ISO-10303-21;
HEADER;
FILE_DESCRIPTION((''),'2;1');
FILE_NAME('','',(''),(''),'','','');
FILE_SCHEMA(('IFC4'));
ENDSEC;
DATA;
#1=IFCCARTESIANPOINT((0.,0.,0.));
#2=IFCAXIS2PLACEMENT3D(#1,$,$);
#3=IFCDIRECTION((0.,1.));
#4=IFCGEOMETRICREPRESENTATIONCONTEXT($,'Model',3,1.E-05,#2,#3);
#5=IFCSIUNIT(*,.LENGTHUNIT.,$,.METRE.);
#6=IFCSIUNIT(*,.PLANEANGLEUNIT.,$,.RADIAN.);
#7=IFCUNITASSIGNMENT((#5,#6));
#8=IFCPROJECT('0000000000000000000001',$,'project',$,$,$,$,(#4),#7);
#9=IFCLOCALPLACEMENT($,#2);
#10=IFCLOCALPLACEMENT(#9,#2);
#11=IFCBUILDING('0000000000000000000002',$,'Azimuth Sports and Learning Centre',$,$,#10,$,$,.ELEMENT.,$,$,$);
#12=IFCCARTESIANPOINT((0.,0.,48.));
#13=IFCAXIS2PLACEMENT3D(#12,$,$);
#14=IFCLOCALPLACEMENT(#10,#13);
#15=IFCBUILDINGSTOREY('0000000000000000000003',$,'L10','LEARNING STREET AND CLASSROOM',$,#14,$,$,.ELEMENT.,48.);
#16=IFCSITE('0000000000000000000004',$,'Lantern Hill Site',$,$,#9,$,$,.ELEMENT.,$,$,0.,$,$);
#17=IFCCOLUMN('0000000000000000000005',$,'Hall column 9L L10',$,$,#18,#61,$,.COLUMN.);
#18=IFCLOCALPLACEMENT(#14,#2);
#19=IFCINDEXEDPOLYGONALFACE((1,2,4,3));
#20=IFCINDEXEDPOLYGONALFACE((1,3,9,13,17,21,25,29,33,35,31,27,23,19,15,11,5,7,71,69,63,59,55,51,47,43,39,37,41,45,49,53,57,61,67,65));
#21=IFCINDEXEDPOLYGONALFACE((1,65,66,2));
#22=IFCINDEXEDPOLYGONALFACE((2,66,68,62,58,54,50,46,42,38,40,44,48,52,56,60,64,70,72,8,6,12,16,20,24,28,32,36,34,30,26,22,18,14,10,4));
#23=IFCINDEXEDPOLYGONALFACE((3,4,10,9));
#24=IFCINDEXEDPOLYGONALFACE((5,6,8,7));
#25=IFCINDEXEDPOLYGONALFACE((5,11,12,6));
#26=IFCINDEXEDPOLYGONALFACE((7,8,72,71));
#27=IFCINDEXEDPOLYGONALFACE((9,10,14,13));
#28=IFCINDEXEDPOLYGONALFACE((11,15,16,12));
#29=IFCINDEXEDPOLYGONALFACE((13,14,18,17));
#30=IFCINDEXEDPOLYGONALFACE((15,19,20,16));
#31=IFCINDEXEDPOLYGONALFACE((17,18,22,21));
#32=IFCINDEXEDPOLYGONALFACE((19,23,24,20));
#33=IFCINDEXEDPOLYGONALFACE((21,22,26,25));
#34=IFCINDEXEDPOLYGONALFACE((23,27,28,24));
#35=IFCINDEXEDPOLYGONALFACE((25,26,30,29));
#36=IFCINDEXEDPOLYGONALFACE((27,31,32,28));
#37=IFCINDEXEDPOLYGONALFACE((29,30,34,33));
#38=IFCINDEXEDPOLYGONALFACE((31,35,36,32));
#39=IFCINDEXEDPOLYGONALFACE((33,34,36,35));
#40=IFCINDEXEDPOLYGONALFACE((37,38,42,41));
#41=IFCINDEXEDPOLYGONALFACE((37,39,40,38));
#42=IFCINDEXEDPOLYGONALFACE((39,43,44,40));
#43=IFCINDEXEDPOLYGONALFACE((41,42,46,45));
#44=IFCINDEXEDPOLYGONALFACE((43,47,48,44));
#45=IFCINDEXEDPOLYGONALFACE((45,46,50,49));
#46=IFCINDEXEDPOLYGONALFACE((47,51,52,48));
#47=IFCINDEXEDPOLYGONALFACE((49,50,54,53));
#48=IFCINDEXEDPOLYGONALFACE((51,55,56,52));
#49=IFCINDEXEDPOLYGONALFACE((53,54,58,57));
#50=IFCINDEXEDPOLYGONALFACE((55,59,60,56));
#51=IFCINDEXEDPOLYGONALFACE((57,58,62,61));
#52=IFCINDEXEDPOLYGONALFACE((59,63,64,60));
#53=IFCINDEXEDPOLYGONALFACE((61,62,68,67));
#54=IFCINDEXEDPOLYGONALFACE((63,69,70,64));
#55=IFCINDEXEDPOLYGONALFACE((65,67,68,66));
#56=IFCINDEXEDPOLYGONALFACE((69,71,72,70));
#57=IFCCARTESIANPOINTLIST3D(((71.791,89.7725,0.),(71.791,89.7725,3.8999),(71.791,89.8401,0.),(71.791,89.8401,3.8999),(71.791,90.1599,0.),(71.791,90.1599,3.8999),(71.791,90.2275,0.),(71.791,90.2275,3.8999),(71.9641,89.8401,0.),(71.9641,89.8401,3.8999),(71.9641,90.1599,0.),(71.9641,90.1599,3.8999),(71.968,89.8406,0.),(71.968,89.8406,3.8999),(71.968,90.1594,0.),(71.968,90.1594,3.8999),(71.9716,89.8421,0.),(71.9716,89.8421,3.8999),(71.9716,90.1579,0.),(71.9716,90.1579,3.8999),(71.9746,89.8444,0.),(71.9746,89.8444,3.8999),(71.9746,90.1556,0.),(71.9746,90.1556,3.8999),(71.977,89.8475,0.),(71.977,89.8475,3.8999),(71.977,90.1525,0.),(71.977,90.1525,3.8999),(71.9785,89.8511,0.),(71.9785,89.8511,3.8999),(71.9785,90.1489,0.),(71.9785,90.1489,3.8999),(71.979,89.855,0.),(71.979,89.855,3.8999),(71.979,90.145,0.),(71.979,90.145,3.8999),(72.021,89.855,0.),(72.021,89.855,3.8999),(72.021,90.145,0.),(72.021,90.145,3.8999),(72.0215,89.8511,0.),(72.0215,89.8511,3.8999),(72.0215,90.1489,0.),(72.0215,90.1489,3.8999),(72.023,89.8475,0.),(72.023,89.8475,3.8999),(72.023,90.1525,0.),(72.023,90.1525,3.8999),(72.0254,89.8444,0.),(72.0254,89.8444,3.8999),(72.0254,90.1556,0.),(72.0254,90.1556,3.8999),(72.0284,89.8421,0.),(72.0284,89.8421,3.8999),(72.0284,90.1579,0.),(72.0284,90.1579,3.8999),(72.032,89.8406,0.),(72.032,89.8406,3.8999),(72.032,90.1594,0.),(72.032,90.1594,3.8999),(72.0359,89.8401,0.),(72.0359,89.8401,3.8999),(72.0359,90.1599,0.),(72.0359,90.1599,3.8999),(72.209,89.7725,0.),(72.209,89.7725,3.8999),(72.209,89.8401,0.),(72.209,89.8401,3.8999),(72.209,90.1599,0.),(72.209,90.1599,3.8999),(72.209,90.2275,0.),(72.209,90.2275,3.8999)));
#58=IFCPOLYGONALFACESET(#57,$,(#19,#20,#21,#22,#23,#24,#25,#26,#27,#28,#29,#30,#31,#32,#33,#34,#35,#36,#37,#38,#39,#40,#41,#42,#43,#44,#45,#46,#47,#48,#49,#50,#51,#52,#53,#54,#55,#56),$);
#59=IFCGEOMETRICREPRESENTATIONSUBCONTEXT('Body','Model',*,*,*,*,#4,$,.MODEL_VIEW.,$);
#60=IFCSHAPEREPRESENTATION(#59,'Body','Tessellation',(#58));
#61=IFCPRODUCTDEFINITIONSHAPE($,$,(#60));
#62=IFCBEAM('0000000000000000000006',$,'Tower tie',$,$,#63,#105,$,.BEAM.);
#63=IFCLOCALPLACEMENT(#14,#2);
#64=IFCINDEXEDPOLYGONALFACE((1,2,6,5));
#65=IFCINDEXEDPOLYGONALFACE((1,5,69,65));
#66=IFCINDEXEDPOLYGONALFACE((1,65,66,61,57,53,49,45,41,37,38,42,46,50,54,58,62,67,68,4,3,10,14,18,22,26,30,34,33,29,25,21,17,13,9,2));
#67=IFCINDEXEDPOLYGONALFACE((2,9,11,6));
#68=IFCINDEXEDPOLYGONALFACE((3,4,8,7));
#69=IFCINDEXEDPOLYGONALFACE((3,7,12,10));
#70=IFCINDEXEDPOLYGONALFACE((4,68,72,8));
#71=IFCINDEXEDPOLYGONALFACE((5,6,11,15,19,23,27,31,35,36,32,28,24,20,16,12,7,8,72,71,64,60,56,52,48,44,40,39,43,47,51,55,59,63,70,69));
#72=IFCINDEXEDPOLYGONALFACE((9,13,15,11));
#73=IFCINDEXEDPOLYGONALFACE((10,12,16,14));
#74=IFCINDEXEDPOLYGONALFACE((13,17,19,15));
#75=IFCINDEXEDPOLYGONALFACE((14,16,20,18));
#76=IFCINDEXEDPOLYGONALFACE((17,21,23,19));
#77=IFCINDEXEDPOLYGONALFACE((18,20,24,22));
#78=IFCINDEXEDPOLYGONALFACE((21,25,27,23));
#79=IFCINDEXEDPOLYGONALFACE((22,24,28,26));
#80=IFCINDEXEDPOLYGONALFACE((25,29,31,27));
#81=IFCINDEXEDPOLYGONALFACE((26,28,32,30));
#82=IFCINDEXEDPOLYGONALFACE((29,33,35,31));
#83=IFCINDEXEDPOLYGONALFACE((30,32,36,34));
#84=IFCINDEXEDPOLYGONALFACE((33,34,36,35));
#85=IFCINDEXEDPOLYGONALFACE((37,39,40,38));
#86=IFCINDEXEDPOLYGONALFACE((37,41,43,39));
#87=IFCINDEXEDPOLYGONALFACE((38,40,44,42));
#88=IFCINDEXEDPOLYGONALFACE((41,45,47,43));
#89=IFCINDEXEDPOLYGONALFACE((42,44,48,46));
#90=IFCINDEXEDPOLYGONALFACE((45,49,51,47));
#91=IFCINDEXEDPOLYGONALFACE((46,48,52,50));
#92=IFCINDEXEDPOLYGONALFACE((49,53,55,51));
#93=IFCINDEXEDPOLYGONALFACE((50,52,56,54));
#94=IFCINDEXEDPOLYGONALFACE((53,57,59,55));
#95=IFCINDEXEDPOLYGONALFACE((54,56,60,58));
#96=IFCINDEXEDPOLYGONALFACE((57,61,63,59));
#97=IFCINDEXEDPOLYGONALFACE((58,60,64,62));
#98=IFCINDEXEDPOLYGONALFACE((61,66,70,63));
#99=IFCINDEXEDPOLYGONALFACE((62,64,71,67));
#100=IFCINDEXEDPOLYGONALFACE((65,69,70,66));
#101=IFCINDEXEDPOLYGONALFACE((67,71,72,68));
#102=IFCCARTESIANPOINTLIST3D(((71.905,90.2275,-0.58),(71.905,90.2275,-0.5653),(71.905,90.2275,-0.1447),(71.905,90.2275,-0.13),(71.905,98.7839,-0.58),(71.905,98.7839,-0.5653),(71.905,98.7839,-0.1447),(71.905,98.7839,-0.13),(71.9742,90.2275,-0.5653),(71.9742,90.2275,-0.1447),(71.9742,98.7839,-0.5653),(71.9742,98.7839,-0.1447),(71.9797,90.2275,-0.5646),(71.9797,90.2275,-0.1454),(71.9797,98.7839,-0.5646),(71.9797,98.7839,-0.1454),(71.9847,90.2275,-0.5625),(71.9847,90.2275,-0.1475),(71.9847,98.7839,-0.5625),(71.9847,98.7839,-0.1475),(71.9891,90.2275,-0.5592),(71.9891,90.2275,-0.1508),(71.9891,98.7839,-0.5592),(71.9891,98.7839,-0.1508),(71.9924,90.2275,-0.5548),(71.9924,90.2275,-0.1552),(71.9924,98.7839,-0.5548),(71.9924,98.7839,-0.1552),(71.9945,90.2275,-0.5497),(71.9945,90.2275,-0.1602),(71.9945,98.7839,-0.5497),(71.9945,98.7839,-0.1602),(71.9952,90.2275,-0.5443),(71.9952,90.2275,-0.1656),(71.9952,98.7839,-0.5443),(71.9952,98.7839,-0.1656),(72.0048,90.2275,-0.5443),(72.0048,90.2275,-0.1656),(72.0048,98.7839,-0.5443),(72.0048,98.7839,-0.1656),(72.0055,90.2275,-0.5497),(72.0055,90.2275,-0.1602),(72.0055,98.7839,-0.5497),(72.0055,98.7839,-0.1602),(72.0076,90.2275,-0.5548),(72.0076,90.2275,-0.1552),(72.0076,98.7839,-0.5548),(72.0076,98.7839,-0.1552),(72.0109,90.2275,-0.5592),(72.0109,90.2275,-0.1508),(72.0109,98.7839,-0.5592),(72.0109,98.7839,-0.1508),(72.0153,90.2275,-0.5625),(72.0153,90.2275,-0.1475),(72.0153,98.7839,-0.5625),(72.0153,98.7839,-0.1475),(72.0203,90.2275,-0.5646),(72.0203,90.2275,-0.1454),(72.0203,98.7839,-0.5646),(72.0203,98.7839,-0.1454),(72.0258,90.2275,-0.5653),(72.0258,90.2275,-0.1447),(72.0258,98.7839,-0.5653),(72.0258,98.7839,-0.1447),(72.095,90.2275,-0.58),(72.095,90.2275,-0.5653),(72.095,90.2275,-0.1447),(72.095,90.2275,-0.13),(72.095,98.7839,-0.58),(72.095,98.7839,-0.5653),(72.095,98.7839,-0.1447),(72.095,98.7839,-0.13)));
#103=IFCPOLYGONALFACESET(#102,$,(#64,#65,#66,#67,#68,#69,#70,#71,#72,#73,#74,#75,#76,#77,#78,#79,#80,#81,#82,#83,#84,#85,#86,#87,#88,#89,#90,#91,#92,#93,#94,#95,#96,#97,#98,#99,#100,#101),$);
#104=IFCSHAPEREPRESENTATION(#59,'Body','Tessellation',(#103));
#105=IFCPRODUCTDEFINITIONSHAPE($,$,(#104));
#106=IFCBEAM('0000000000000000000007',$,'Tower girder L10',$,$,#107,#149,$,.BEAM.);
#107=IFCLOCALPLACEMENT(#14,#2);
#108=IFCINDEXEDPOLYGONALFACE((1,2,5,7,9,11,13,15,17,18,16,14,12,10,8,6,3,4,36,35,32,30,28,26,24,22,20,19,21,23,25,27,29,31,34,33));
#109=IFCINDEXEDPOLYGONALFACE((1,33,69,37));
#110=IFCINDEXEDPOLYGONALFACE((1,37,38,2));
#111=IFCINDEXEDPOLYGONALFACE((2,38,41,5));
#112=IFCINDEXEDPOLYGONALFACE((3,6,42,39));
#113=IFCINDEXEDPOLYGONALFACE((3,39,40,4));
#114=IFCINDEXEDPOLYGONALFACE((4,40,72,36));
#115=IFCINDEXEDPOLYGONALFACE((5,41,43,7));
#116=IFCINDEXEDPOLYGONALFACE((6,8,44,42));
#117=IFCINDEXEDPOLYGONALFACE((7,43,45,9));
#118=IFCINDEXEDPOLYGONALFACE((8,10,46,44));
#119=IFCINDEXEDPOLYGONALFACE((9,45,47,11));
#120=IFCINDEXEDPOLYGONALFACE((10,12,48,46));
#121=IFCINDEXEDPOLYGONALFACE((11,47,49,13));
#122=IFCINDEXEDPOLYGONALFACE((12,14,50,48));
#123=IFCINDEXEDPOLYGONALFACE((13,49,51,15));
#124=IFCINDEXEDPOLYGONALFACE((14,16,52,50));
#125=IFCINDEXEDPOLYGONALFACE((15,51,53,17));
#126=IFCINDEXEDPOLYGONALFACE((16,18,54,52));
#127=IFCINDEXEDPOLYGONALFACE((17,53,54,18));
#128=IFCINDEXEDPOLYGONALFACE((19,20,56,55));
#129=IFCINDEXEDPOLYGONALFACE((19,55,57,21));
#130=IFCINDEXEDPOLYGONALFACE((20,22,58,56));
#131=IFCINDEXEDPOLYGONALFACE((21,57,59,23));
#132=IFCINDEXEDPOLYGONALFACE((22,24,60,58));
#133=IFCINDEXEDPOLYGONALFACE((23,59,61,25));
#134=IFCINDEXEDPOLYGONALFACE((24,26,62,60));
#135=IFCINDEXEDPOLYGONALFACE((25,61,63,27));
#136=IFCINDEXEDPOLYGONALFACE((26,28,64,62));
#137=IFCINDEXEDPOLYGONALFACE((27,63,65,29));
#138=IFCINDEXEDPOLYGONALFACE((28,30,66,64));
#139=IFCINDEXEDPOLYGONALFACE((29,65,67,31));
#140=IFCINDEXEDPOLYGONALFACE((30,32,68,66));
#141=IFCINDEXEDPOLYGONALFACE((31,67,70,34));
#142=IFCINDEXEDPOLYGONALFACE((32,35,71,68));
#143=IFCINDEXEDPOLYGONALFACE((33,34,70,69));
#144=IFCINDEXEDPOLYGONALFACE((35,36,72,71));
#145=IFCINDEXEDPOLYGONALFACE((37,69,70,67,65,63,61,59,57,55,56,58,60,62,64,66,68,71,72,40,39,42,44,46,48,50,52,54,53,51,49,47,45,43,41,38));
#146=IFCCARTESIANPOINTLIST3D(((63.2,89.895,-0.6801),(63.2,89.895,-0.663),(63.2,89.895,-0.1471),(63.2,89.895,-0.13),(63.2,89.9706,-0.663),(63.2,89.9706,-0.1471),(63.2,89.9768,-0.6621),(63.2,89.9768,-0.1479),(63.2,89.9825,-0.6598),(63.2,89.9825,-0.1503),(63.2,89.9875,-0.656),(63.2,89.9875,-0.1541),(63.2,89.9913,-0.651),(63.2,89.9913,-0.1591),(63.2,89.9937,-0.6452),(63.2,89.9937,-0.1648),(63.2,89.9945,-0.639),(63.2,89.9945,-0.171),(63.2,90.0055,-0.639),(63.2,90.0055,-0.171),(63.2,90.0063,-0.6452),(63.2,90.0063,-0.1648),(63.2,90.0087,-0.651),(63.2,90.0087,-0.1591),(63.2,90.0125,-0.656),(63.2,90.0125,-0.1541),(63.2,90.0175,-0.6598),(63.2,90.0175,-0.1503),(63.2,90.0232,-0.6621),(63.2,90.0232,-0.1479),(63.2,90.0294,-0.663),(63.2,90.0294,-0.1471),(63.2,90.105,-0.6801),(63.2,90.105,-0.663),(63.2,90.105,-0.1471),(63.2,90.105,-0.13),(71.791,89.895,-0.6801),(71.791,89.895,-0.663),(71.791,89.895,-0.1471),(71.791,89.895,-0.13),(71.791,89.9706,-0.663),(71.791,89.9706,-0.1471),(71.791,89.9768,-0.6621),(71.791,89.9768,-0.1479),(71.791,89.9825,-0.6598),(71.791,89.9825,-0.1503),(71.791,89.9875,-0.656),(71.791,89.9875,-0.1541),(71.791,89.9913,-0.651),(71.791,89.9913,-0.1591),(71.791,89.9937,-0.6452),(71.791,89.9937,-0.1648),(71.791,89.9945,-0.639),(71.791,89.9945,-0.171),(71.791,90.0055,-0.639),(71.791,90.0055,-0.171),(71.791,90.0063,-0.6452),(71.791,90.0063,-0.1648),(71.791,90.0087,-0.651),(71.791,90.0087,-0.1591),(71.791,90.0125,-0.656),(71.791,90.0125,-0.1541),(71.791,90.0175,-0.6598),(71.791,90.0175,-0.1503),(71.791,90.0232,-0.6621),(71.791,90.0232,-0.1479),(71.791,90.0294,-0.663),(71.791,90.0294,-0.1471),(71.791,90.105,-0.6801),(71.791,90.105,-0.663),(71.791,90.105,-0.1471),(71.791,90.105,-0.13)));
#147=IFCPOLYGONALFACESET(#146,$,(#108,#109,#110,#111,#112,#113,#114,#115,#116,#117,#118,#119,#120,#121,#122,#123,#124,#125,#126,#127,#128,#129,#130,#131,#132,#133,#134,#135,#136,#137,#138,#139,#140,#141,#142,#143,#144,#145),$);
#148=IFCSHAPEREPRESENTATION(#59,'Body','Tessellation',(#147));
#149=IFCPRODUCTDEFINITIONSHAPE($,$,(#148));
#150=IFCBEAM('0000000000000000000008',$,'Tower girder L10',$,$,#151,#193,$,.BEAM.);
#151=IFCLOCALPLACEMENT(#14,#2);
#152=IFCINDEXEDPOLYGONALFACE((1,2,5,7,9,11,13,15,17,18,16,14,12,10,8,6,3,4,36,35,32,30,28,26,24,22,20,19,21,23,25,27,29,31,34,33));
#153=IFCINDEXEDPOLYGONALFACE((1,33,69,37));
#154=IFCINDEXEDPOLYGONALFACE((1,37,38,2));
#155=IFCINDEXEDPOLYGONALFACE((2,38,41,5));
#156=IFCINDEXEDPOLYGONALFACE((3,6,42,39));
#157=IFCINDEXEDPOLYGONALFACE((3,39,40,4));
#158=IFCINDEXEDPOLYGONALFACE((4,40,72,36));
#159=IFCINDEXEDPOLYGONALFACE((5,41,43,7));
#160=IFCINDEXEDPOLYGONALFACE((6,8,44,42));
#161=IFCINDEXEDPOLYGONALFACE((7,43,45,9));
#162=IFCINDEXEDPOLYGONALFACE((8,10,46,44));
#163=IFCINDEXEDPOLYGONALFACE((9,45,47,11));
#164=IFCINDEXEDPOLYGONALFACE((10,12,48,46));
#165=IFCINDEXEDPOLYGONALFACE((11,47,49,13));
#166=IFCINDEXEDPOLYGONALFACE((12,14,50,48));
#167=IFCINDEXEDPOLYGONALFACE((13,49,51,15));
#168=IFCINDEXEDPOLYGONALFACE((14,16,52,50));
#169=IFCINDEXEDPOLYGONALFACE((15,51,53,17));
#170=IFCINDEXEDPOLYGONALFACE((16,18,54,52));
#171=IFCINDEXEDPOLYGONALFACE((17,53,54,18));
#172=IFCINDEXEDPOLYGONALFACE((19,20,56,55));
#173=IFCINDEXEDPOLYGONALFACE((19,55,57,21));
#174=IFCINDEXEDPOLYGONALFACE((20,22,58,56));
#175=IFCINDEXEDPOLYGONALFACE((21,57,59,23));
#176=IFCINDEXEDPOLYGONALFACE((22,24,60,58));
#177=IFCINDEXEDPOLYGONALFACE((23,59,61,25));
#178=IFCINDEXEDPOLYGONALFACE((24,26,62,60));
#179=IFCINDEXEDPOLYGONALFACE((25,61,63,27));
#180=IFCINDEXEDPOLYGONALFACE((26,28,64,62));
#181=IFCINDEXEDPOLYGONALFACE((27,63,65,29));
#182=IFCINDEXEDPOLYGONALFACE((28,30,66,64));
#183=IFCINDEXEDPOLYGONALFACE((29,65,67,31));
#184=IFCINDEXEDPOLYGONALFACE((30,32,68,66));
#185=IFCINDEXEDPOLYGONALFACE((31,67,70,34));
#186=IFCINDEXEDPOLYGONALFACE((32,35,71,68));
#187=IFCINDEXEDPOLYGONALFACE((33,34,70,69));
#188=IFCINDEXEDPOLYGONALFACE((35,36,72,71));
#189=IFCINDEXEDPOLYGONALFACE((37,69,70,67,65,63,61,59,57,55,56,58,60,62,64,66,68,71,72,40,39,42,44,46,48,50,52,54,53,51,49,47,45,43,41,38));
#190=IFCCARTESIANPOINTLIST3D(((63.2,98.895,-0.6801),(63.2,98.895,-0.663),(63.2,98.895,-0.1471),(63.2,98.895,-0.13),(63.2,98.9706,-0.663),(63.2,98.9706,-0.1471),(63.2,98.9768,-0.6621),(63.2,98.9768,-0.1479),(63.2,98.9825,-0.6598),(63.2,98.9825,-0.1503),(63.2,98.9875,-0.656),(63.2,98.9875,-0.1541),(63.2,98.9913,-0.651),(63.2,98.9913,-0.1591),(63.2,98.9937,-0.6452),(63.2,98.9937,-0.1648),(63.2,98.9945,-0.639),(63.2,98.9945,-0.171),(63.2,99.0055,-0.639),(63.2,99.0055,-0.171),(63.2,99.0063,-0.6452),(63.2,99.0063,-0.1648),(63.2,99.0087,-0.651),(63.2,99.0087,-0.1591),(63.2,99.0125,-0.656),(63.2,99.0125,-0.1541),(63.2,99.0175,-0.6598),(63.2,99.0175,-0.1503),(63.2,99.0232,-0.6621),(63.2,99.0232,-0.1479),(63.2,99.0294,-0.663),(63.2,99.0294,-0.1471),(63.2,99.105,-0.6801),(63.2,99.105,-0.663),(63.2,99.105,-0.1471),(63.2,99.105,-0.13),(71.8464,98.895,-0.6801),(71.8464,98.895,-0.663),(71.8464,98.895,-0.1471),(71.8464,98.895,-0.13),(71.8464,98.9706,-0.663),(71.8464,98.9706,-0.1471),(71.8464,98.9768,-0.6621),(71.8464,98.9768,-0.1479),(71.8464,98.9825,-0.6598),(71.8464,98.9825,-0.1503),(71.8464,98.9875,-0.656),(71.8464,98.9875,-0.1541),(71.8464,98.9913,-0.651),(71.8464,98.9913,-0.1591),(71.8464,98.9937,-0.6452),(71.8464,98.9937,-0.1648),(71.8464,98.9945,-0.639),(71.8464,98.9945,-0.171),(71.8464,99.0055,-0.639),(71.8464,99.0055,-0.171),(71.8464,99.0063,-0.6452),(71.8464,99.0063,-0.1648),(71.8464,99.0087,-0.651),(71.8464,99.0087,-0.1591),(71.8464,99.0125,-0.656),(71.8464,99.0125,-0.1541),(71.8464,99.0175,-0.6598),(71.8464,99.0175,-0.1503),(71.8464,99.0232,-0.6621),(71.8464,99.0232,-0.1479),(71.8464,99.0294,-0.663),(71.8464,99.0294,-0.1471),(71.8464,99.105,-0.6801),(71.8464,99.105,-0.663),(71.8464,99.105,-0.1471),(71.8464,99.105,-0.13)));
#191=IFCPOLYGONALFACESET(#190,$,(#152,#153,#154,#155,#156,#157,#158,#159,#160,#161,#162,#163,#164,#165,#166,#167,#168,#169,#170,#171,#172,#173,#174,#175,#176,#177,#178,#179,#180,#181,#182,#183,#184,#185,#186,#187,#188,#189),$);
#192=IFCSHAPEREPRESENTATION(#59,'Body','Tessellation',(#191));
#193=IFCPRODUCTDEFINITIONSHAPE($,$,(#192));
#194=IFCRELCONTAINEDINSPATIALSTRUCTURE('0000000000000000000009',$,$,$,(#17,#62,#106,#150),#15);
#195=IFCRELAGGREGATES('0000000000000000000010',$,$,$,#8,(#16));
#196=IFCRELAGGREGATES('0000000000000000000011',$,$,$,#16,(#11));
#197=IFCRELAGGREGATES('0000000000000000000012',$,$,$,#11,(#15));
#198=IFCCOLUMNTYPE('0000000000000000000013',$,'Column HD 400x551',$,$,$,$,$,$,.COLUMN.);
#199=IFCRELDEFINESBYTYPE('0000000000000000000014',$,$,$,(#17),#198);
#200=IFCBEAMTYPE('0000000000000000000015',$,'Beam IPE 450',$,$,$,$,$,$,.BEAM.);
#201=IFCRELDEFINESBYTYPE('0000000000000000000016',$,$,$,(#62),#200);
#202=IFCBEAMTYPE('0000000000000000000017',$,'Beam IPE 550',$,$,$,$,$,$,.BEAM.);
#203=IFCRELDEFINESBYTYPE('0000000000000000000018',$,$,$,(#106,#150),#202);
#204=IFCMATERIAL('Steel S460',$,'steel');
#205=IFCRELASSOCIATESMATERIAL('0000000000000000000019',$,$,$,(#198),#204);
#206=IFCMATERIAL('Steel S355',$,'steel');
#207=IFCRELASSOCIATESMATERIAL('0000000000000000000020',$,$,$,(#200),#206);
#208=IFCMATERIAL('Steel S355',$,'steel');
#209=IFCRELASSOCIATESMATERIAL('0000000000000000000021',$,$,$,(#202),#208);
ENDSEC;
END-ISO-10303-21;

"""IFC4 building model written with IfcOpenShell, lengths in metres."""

from ifc_helpers import new_model, si_unit, direction, frame, origin, origin_2d, place, context, subcontext, project, spatial, i_section, extrude, material, material_profile, profile_set, type_object, element, save


model = new_model("IFC4")

# Units and contexts
model_context = context("Model", 3, precision=1e-05, world=origin(), true_north=direction((0.0, 1.0)))
body_context = subcontext(model_context, "Body", "Model", "MODEL_VIEW")
ifc_project = project(units=[si_unit("LENGTHUNIT", "METRE"), si_unit("PLANEANGLEUNIT", "RADIAN")], contexts=[model_context])

# Site, building, storey
site_placement = place(None, origin())
site = spatial("IfcSite", under=ifc_project, at=site_placement, Name="Lantern Hill Site", CompositionType="ELEMENT", RefElevation=0.0)
building_placement = place(site_placement, origin())
building = spatial("IfcBuilding", under=site, at=building_placement, Name="Azimuth Sports and Learning Centre", CompositionType="ELEMENT")
storey_placement = place(building_placement, frame((0.0, 0.0, 48.0)))
storey = spatial("IfcBuildingStorey", under=building, at=storey_placement, Name="L10", Description="LEARNING STREET AND CLASSROOM", CompositionType="ELEMENT", Elevation=48.0)

# Column
ifc_material_1 = material(Name="Steel S460", Category="steel")
ifc_material_profile_1 = material_profile(ifc_material_1, i_section(OverallWidth=0.418, OverallDepth=0.4551, WebThickness=0.042, FlangeThickness=0.0676, FilletRadius=0.0149, at=origin_2d()), Name="HD 400x551")
ifc_profile_set_1 = profile_set([ifc_material_profile_1], Name="Steel S460")
column_type = type_object("IfcColumnType", Name="Column HD 400x551", PredefinedType="COLUMN", material=ifc_profile_set_1)
column_placement = place(storey_placement, frame((72.0, 90.0, 0.0), z_axis=(0.0, 0.0, 1.0), x_axis=(1.0, 0.0, 0.0)))
element("IfcColumn", 1, at=column_placement, inside=storey, type_object=column_type, Name="Hall column 9L L10", PredefinedType="COLUMN", context=body_context, shape_type="SweptSolid", body=[
    extrude(i_section(OverallWidth=0.418, OverallDepth=0.4551, WebThickness=0.042, FlangeThickness=0.0676, FilletRadius=0.0149, at=origin_2d()), origin(), (0.0, 0.0, 1.0), 3.8999),
])

# Beams
ifc_material_2 = material(Name="Steel S355", Category="steel")
ifc_material_profile_2 = material_profile(ifc_material_2, i_section(OverallWidth=0.1899, OverallDepth=0.45, WebThickness=0.0095, FlangeThickness=0.0146, FilletRadius=0.021, at=origin_2d()), Name="IPE 450")
ifc_profile_set_2 = profile_set([ifc_material_profile_2], Name="Steel S355")
beam_type_1 = type_object("IfcBeamType", Name="Beam IPE 450", PredefinedType="BEAM", material=ifc_profile_set_2)
beam_1_placement = place(storey_placement, frame((72.0, 90.2275, -0.355), z_axis=(0.0, 1.0, 0.0), x_axis=(-1.0, 0.0, 0.0)))
element("IfcBeam", 2, at=beam_1_placement, inside=storey, type_object=beam_type_1, Name="Tower tie", PredefinedType="BEAM", context=body_context, shape_type="SweptSolid", body=[
    extrude(i_section(OverallWidth=0.1899, OverallDepth=0.45, WebThickness=0.0095, FlangeThickness=0.0146, FilletRadius=0.021, at=origin_2d()), origin(), (0.0, 0.0, 1.0), 8.5564),
])
ifc_material_3 = material(Name="Steel S355", Category="steel")
ifc_material_profile_3 = material_profile(ifc_material_3, i_section(OverallWidth=0.21, OverallDepth=0.55, WebThickness=0.011, FlangeThickness=0.0171, FilletRadius=0.0239, at=origin_2d()), Name="IPE 550")
ifc_profile_set_3 = profile_set([ifc_material_profile_3], Name="Steel S355")
beam_type_2 = type_object("IfcBeamType", Name="Beam IPE 550", PredefinedType="BEAM", material=ifc_profile_set_3)
beam_2_placement = place(storey_placement, frame((63.2, 90.0, -0.405), z_axis=(1.0, 0.0, 0.0), x_axis=(0.0, 1.0, 0.0)))
element("IfcBeam", 3, at=beam_2_placement, inside=storey, type_object=beam_type_2, Name="Tower girder L10", PredefinedType="BEAM", context=body_context, shape_type="SweptSolid", body=[
    extrude(i_section(OverallWidth=0.21, OverallDepth=0.55, WebThickness=0.011, FlangeThickness=0.0171, FilletRadius=0.0239, at=origin_2d()), origin(), (0.0, 0.0, 1.0), 8.5911),
])
beam_3_placement = place(storey_placement, frame((63.2, 99.0, -0.405), z_axis=(1.0, 0.0, 0.0), x_axis=(0.0, 1.0, 0.0)))
element("IfcBeam", 4, at=beam_3_placement, inside=storey, type_object=beam_type_2, Name="Tower girder L10", PredefinedType="BEAM", context=body_context, shape_type="SweptSolid", body=[
    extrude(i_section(OverallWidth=0.21, OverallDepth=0.55, WebThickness=0.011, FlangeThickness=0.0171, FilletRadius=0.0239, at=origin_2d()), origin(), (0.0, 0.0, 1.0), 8.6465),
])

save(model, "model.ifc")
